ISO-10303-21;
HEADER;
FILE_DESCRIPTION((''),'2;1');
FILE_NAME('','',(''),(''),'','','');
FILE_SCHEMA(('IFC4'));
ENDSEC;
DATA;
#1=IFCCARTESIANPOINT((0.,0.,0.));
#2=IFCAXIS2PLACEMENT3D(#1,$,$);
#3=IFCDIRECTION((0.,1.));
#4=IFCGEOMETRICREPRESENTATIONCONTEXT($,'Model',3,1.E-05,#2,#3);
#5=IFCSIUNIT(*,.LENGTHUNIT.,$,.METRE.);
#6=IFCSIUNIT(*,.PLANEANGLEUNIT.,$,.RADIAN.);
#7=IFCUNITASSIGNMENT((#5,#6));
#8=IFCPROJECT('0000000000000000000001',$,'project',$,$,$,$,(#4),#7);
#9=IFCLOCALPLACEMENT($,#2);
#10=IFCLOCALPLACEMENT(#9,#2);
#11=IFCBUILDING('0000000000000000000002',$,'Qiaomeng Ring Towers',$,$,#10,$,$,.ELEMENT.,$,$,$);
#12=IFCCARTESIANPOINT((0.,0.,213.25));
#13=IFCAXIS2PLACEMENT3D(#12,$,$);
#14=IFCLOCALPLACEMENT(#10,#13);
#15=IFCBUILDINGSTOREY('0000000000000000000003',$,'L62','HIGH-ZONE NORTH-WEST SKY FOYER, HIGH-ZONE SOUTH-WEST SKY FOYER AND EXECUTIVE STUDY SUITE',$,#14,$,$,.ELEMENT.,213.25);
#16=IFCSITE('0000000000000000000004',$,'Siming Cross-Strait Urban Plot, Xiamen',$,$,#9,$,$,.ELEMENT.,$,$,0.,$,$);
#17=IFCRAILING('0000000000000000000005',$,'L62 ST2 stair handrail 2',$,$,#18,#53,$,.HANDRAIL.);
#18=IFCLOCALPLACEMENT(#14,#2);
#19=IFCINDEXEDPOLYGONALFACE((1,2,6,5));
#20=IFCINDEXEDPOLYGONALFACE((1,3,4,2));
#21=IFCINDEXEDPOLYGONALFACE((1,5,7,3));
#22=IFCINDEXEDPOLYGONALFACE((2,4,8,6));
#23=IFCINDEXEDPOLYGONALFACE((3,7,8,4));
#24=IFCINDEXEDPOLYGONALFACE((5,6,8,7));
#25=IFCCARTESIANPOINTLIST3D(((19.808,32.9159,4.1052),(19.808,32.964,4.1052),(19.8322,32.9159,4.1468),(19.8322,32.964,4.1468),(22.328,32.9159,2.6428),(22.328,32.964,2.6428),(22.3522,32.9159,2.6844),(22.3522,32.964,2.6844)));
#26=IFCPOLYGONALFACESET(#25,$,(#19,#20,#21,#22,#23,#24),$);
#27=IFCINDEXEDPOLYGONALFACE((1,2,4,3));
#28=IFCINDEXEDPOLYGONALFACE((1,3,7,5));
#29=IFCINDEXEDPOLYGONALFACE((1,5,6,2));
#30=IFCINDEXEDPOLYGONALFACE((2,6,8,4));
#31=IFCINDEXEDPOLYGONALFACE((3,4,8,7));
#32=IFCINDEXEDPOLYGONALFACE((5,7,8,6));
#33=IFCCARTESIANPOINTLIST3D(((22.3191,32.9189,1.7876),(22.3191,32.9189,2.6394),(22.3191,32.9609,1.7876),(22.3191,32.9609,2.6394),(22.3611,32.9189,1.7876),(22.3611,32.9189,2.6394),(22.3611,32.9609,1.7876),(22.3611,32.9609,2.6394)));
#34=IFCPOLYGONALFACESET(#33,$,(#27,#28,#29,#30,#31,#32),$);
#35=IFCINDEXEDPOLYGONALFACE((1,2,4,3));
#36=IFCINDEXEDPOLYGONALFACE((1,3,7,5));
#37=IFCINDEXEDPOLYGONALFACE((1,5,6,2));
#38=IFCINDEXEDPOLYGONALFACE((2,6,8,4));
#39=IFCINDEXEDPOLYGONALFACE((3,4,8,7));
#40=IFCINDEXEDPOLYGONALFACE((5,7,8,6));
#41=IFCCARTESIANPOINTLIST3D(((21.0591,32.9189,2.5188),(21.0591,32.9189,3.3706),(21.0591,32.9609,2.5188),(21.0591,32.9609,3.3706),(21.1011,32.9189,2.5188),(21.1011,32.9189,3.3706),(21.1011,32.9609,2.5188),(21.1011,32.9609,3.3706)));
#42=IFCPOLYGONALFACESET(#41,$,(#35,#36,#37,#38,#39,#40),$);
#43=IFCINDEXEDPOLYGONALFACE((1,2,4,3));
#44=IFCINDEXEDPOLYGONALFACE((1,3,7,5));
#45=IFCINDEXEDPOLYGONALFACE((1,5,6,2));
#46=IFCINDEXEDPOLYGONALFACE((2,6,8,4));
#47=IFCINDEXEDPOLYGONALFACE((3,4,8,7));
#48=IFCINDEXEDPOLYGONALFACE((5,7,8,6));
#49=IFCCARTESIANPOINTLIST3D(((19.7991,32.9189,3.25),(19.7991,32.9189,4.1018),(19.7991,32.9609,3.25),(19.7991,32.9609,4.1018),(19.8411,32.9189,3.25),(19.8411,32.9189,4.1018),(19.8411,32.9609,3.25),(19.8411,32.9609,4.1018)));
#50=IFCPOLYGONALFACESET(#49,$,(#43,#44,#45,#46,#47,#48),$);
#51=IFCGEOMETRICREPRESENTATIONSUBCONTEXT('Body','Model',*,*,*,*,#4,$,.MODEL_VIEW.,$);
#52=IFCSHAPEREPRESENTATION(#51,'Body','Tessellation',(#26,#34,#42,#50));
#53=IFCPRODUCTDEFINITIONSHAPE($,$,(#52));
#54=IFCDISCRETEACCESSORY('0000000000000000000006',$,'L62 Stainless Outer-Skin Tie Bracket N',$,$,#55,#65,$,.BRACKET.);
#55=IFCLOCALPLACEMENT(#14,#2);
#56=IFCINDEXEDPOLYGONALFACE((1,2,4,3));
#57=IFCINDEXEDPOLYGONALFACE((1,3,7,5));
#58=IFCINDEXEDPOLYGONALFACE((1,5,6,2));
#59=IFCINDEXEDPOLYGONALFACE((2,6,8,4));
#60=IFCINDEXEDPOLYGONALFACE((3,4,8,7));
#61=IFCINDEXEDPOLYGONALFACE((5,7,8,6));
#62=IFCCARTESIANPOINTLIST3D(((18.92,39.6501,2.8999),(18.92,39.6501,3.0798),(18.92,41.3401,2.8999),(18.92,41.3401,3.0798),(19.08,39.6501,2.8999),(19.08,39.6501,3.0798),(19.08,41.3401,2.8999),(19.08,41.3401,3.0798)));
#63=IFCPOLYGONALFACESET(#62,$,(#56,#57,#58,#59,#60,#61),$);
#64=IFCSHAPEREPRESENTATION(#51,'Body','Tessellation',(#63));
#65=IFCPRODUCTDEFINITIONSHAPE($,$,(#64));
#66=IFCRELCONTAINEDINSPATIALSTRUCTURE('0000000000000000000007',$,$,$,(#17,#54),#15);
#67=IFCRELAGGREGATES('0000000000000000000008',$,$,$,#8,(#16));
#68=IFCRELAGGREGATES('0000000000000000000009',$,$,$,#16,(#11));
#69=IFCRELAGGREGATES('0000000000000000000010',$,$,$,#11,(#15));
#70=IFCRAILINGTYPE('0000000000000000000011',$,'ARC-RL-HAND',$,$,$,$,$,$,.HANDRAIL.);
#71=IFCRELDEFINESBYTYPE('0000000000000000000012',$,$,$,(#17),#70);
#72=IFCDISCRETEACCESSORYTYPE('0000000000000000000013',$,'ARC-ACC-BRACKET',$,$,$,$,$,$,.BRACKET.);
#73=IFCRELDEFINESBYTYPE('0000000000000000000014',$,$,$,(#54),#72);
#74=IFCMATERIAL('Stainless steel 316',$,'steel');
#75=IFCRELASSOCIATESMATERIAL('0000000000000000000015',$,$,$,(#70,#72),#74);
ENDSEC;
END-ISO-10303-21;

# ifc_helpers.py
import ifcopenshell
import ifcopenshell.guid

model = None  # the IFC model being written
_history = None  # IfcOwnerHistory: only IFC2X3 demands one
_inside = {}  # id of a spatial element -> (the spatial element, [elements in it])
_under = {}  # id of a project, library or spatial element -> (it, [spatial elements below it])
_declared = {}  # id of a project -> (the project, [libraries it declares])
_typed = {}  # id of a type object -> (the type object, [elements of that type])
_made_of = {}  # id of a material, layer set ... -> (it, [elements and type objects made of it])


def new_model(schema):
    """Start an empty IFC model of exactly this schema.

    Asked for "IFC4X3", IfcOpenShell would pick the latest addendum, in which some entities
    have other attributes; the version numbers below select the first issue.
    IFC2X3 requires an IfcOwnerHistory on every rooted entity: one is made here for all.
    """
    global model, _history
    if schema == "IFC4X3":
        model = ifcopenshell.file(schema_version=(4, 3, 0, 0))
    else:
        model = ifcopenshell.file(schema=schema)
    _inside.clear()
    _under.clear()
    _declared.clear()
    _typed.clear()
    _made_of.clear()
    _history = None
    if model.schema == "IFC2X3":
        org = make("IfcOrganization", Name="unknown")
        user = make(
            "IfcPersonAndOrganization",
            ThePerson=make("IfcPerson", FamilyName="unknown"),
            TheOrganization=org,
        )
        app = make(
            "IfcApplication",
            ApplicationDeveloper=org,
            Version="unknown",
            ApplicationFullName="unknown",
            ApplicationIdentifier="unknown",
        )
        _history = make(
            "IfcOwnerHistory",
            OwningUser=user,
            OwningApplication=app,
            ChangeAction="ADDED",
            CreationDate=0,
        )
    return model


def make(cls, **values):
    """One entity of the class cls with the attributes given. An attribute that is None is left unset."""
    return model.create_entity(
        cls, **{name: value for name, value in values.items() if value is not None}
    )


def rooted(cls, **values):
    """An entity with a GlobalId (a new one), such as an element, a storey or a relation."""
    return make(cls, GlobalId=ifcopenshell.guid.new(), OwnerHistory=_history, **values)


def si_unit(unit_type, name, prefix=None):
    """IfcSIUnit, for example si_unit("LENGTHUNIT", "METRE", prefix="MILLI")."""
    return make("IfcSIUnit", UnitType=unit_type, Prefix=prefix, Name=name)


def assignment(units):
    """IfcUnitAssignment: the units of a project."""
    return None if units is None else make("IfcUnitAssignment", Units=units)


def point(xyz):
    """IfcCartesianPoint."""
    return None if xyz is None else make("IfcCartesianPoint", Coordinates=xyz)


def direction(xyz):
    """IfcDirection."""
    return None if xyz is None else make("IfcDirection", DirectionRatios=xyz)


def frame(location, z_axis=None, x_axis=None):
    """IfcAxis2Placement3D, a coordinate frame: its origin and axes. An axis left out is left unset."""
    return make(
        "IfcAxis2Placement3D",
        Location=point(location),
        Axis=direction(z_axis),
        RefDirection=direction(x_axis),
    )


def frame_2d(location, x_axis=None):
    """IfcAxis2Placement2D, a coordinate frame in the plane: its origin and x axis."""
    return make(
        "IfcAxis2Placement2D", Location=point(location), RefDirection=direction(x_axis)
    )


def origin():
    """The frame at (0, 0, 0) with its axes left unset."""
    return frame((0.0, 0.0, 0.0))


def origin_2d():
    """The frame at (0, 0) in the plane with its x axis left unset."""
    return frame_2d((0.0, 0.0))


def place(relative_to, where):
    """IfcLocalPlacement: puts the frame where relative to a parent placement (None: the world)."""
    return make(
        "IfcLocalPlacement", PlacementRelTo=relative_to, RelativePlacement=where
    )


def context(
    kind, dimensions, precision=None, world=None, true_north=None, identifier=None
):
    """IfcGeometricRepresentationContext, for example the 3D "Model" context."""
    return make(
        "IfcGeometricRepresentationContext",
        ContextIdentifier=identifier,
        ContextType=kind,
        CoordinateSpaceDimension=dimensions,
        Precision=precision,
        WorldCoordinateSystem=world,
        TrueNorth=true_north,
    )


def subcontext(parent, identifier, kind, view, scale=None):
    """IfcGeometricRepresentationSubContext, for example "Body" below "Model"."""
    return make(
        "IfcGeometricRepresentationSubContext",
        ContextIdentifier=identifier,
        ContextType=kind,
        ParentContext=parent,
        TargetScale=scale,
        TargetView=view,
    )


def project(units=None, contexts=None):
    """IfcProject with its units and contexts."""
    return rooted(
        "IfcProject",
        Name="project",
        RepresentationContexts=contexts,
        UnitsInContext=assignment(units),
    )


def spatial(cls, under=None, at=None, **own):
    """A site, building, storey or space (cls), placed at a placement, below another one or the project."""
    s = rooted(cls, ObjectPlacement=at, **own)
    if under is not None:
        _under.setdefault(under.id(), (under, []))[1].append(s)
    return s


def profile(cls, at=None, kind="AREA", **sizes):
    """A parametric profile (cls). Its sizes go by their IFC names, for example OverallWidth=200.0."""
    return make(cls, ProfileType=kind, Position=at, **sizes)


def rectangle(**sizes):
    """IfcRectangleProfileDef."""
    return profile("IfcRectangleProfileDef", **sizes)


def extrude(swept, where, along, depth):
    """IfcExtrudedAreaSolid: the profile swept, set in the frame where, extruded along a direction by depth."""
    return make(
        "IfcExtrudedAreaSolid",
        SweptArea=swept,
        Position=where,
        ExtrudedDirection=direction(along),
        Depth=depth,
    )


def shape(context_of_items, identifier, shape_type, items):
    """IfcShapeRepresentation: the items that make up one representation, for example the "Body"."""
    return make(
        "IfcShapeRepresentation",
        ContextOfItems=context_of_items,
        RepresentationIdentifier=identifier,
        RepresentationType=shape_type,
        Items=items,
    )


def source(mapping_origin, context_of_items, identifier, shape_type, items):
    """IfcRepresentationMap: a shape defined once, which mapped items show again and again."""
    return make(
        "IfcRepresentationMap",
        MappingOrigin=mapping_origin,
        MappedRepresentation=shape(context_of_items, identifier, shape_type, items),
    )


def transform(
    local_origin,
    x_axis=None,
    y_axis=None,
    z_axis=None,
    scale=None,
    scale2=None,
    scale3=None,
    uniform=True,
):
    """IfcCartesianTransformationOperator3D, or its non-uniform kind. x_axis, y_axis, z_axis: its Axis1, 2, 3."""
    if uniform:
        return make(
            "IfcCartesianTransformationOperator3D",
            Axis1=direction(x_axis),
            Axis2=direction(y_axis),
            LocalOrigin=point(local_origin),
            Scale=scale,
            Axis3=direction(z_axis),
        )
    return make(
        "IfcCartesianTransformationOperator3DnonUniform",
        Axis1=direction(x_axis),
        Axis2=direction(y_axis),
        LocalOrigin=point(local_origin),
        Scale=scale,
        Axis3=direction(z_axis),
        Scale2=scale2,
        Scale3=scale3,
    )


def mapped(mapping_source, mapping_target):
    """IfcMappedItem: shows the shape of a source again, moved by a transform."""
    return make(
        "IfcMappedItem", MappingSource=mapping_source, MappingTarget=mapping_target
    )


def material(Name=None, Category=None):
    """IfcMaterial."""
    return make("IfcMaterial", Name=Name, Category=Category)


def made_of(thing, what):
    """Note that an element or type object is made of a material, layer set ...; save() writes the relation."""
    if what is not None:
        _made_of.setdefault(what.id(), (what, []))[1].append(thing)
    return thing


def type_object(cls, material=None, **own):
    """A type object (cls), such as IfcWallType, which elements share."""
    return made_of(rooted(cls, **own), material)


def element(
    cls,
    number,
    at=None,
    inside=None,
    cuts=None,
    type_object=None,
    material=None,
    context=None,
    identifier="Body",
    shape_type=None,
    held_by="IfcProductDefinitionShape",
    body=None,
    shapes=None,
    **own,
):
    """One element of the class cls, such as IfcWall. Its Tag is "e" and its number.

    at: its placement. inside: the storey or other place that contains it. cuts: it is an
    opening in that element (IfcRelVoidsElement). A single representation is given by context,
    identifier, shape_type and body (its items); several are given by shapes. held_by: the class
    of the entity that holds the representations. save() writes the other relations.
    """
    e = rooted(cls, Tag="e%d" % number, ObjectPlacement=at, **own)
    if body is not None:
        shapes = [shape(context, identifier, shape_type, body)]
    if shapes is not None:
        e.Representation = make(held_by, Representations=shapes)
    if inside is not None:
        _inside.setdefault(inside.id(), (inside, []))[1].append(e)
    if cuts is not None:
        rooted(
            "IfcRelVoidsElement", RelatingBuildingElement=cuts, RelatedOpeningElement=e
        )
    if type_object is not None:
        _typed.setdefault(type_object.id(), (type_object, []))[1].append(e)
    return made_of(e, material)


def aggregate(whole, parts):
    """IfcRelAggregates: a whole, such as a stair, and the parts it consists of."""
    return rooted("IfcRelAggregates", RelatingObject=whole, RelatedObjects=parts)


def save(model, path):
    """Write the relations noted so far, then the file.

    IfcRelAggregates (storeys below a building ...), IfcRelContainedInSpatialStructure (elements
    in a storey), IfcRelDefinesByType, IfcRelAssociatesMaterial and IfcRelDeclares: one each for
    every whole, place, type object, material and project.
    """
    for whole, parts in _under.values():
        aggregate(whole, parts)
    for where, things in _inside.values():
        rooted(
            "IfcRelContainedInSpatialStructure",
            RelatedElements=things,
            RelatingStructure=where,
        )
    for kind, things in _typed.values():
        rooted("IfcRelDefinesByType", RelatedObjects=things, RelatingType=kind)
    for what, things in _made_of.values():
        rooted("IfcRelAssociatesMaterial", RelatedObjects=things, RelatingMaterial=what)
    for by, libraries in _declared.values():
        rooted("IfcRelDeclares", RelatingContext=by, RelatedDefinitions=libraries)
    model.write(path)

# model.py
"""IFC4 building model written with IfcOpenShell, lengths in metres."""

from ifc_helpers import new_model, si_unit, direction, frame, origin, origin_2d, place, context, subcontext, project, spatial, rectangle, extrude, source, transform, mapped, material, type_object, element, save


model = new_model("IFC4")

# Units and contexts
model_context = context("Model", 3, precision=1e-05, world=origin(), true_north=direction((0.0, 1.0)))
body_context = subcontext(model_context, "Body", "Model", "MODEL_VIEW")
ifc_project = project(units=[si_unit("LENGTHUNIT", "METRE"), si_unit("PLANEANGLEUNIT", "RADIAN")], contexts=[model_context])

# Site, building, storey
site_placement = place(None, origin())
site = spatial("IfcSite", under=ifc_project, at=site_placement, Name="Siming Cross-Strait Urban Plot, Xiamen", CompositionType="ELEMENT", RefElevation=0.0)
building_placement = place(site_placement, origin())
building = spatial("IfcBuilding", under=site, at=building_placement, Name="Qiaomeng Ring Towers", CompositionType="ELEMENT")
storey_placement = place(building_placement, frame((0.0, 0.0, 213.25)))
storey = spatial("IfcBuildingStorey", under=building, at=storey_placement, Name="L62", Description="HIGH-ZONE NORTH-WEST SKY FOYER, HIGH-ZONE SOUTH-WEST SKY FOYER AND EXECUTIVE STUDY SUITE", CompositionType="ELEMENT", Elevation=213.25)

# Railing
ifc_material_1 = material(Name="Stainless steel 316", Category="steel")
railing_type_1 = type_object("IfcRailingType", Name="ARC-RL-HAND", PredefinedType="HANDRAIL", material=ifc_material_1)
railing_1_placement = place(storey_placement, frame((22.3401, 32.9399, 1.7876)))
element("IfcRailing", 1, at=railing_1_placement, inside=storey, type_object=railing_type_1, Name="L62 ST2 stair handrail 2", PredefinedType="HANDRAIL", context=body_context, shape_type="SweptSolid", body=[
    extrude(rectangle(XDim=0.0481, YDim=0.0481, at=origin_2d()), frame((0.0, 0.0, 0.876), z_axis=(-0.864913, 0.0, 0.501921), x_axis=(0.0, -1.0, 0.0)), (0.0, 0.0, 1.0), 2.9136),
    extrude(rectangle(XDim=0.042, YDim=0.042, at=origin_2d()), origin(), (0.0, 0.0, 1.0), 0.8518),
    extrude(rectangle(XDim=0.042, YDim=0.042, at=origin_2d()), frame((-1.26, 0.0, 0.7312)), (0.0, 0.0, 1.0), 0.8518),
    extrude(rectangle(XDim=0.042, YDim=0.042, at=origin_2d()), frame((-2.52, 0.0, 1.4624)), (0.0, 0.0, 1.0), 0.8518),
])

# Discrete accessory
discrete_accessory_type = type_object("IfcDiscreteAccessoryType", Name="ARC-ACC-BRACKET", PredefinedType="BRACKET", material=ifc_material_1)
shared_shape_1 = source(origin(), body_context, "Body", "SweptSolid", [
    extrude(rectangle(XDim=0.1599, YDim=1.6899, at=origin_2d()), origin(), (0.0, 0.0, 1.0), 0.1799),
])
discrete_accessory_placement = place(storey_placement, frame((19.0, 40.4951, 2.8999), z_axis=(0.0, 0.0, 1.0), x_axis=(1.0, 0.0, 0.0)))
element("IfcDiscreteAccessory", 2, at=discrete_accessory_placement, inside=storey, type_object=discrete_accessory_type, Name="L62 Stainless Outer-Skin Tie Bracket N", PredefinedType="BRACKET", context=body_context, shape_type="MappedRepresentation", body=[
    mapped(shared_shape_1, transform((0.0, 0.0, 0.0), x_axis=(1.0, 0.0, 0.0), y_axis=(0.0, 1.0, 0.0), z_axis=(0.0, 0.0, 1.0), scale=1.0)),
])

save(model, "model.ifc")
